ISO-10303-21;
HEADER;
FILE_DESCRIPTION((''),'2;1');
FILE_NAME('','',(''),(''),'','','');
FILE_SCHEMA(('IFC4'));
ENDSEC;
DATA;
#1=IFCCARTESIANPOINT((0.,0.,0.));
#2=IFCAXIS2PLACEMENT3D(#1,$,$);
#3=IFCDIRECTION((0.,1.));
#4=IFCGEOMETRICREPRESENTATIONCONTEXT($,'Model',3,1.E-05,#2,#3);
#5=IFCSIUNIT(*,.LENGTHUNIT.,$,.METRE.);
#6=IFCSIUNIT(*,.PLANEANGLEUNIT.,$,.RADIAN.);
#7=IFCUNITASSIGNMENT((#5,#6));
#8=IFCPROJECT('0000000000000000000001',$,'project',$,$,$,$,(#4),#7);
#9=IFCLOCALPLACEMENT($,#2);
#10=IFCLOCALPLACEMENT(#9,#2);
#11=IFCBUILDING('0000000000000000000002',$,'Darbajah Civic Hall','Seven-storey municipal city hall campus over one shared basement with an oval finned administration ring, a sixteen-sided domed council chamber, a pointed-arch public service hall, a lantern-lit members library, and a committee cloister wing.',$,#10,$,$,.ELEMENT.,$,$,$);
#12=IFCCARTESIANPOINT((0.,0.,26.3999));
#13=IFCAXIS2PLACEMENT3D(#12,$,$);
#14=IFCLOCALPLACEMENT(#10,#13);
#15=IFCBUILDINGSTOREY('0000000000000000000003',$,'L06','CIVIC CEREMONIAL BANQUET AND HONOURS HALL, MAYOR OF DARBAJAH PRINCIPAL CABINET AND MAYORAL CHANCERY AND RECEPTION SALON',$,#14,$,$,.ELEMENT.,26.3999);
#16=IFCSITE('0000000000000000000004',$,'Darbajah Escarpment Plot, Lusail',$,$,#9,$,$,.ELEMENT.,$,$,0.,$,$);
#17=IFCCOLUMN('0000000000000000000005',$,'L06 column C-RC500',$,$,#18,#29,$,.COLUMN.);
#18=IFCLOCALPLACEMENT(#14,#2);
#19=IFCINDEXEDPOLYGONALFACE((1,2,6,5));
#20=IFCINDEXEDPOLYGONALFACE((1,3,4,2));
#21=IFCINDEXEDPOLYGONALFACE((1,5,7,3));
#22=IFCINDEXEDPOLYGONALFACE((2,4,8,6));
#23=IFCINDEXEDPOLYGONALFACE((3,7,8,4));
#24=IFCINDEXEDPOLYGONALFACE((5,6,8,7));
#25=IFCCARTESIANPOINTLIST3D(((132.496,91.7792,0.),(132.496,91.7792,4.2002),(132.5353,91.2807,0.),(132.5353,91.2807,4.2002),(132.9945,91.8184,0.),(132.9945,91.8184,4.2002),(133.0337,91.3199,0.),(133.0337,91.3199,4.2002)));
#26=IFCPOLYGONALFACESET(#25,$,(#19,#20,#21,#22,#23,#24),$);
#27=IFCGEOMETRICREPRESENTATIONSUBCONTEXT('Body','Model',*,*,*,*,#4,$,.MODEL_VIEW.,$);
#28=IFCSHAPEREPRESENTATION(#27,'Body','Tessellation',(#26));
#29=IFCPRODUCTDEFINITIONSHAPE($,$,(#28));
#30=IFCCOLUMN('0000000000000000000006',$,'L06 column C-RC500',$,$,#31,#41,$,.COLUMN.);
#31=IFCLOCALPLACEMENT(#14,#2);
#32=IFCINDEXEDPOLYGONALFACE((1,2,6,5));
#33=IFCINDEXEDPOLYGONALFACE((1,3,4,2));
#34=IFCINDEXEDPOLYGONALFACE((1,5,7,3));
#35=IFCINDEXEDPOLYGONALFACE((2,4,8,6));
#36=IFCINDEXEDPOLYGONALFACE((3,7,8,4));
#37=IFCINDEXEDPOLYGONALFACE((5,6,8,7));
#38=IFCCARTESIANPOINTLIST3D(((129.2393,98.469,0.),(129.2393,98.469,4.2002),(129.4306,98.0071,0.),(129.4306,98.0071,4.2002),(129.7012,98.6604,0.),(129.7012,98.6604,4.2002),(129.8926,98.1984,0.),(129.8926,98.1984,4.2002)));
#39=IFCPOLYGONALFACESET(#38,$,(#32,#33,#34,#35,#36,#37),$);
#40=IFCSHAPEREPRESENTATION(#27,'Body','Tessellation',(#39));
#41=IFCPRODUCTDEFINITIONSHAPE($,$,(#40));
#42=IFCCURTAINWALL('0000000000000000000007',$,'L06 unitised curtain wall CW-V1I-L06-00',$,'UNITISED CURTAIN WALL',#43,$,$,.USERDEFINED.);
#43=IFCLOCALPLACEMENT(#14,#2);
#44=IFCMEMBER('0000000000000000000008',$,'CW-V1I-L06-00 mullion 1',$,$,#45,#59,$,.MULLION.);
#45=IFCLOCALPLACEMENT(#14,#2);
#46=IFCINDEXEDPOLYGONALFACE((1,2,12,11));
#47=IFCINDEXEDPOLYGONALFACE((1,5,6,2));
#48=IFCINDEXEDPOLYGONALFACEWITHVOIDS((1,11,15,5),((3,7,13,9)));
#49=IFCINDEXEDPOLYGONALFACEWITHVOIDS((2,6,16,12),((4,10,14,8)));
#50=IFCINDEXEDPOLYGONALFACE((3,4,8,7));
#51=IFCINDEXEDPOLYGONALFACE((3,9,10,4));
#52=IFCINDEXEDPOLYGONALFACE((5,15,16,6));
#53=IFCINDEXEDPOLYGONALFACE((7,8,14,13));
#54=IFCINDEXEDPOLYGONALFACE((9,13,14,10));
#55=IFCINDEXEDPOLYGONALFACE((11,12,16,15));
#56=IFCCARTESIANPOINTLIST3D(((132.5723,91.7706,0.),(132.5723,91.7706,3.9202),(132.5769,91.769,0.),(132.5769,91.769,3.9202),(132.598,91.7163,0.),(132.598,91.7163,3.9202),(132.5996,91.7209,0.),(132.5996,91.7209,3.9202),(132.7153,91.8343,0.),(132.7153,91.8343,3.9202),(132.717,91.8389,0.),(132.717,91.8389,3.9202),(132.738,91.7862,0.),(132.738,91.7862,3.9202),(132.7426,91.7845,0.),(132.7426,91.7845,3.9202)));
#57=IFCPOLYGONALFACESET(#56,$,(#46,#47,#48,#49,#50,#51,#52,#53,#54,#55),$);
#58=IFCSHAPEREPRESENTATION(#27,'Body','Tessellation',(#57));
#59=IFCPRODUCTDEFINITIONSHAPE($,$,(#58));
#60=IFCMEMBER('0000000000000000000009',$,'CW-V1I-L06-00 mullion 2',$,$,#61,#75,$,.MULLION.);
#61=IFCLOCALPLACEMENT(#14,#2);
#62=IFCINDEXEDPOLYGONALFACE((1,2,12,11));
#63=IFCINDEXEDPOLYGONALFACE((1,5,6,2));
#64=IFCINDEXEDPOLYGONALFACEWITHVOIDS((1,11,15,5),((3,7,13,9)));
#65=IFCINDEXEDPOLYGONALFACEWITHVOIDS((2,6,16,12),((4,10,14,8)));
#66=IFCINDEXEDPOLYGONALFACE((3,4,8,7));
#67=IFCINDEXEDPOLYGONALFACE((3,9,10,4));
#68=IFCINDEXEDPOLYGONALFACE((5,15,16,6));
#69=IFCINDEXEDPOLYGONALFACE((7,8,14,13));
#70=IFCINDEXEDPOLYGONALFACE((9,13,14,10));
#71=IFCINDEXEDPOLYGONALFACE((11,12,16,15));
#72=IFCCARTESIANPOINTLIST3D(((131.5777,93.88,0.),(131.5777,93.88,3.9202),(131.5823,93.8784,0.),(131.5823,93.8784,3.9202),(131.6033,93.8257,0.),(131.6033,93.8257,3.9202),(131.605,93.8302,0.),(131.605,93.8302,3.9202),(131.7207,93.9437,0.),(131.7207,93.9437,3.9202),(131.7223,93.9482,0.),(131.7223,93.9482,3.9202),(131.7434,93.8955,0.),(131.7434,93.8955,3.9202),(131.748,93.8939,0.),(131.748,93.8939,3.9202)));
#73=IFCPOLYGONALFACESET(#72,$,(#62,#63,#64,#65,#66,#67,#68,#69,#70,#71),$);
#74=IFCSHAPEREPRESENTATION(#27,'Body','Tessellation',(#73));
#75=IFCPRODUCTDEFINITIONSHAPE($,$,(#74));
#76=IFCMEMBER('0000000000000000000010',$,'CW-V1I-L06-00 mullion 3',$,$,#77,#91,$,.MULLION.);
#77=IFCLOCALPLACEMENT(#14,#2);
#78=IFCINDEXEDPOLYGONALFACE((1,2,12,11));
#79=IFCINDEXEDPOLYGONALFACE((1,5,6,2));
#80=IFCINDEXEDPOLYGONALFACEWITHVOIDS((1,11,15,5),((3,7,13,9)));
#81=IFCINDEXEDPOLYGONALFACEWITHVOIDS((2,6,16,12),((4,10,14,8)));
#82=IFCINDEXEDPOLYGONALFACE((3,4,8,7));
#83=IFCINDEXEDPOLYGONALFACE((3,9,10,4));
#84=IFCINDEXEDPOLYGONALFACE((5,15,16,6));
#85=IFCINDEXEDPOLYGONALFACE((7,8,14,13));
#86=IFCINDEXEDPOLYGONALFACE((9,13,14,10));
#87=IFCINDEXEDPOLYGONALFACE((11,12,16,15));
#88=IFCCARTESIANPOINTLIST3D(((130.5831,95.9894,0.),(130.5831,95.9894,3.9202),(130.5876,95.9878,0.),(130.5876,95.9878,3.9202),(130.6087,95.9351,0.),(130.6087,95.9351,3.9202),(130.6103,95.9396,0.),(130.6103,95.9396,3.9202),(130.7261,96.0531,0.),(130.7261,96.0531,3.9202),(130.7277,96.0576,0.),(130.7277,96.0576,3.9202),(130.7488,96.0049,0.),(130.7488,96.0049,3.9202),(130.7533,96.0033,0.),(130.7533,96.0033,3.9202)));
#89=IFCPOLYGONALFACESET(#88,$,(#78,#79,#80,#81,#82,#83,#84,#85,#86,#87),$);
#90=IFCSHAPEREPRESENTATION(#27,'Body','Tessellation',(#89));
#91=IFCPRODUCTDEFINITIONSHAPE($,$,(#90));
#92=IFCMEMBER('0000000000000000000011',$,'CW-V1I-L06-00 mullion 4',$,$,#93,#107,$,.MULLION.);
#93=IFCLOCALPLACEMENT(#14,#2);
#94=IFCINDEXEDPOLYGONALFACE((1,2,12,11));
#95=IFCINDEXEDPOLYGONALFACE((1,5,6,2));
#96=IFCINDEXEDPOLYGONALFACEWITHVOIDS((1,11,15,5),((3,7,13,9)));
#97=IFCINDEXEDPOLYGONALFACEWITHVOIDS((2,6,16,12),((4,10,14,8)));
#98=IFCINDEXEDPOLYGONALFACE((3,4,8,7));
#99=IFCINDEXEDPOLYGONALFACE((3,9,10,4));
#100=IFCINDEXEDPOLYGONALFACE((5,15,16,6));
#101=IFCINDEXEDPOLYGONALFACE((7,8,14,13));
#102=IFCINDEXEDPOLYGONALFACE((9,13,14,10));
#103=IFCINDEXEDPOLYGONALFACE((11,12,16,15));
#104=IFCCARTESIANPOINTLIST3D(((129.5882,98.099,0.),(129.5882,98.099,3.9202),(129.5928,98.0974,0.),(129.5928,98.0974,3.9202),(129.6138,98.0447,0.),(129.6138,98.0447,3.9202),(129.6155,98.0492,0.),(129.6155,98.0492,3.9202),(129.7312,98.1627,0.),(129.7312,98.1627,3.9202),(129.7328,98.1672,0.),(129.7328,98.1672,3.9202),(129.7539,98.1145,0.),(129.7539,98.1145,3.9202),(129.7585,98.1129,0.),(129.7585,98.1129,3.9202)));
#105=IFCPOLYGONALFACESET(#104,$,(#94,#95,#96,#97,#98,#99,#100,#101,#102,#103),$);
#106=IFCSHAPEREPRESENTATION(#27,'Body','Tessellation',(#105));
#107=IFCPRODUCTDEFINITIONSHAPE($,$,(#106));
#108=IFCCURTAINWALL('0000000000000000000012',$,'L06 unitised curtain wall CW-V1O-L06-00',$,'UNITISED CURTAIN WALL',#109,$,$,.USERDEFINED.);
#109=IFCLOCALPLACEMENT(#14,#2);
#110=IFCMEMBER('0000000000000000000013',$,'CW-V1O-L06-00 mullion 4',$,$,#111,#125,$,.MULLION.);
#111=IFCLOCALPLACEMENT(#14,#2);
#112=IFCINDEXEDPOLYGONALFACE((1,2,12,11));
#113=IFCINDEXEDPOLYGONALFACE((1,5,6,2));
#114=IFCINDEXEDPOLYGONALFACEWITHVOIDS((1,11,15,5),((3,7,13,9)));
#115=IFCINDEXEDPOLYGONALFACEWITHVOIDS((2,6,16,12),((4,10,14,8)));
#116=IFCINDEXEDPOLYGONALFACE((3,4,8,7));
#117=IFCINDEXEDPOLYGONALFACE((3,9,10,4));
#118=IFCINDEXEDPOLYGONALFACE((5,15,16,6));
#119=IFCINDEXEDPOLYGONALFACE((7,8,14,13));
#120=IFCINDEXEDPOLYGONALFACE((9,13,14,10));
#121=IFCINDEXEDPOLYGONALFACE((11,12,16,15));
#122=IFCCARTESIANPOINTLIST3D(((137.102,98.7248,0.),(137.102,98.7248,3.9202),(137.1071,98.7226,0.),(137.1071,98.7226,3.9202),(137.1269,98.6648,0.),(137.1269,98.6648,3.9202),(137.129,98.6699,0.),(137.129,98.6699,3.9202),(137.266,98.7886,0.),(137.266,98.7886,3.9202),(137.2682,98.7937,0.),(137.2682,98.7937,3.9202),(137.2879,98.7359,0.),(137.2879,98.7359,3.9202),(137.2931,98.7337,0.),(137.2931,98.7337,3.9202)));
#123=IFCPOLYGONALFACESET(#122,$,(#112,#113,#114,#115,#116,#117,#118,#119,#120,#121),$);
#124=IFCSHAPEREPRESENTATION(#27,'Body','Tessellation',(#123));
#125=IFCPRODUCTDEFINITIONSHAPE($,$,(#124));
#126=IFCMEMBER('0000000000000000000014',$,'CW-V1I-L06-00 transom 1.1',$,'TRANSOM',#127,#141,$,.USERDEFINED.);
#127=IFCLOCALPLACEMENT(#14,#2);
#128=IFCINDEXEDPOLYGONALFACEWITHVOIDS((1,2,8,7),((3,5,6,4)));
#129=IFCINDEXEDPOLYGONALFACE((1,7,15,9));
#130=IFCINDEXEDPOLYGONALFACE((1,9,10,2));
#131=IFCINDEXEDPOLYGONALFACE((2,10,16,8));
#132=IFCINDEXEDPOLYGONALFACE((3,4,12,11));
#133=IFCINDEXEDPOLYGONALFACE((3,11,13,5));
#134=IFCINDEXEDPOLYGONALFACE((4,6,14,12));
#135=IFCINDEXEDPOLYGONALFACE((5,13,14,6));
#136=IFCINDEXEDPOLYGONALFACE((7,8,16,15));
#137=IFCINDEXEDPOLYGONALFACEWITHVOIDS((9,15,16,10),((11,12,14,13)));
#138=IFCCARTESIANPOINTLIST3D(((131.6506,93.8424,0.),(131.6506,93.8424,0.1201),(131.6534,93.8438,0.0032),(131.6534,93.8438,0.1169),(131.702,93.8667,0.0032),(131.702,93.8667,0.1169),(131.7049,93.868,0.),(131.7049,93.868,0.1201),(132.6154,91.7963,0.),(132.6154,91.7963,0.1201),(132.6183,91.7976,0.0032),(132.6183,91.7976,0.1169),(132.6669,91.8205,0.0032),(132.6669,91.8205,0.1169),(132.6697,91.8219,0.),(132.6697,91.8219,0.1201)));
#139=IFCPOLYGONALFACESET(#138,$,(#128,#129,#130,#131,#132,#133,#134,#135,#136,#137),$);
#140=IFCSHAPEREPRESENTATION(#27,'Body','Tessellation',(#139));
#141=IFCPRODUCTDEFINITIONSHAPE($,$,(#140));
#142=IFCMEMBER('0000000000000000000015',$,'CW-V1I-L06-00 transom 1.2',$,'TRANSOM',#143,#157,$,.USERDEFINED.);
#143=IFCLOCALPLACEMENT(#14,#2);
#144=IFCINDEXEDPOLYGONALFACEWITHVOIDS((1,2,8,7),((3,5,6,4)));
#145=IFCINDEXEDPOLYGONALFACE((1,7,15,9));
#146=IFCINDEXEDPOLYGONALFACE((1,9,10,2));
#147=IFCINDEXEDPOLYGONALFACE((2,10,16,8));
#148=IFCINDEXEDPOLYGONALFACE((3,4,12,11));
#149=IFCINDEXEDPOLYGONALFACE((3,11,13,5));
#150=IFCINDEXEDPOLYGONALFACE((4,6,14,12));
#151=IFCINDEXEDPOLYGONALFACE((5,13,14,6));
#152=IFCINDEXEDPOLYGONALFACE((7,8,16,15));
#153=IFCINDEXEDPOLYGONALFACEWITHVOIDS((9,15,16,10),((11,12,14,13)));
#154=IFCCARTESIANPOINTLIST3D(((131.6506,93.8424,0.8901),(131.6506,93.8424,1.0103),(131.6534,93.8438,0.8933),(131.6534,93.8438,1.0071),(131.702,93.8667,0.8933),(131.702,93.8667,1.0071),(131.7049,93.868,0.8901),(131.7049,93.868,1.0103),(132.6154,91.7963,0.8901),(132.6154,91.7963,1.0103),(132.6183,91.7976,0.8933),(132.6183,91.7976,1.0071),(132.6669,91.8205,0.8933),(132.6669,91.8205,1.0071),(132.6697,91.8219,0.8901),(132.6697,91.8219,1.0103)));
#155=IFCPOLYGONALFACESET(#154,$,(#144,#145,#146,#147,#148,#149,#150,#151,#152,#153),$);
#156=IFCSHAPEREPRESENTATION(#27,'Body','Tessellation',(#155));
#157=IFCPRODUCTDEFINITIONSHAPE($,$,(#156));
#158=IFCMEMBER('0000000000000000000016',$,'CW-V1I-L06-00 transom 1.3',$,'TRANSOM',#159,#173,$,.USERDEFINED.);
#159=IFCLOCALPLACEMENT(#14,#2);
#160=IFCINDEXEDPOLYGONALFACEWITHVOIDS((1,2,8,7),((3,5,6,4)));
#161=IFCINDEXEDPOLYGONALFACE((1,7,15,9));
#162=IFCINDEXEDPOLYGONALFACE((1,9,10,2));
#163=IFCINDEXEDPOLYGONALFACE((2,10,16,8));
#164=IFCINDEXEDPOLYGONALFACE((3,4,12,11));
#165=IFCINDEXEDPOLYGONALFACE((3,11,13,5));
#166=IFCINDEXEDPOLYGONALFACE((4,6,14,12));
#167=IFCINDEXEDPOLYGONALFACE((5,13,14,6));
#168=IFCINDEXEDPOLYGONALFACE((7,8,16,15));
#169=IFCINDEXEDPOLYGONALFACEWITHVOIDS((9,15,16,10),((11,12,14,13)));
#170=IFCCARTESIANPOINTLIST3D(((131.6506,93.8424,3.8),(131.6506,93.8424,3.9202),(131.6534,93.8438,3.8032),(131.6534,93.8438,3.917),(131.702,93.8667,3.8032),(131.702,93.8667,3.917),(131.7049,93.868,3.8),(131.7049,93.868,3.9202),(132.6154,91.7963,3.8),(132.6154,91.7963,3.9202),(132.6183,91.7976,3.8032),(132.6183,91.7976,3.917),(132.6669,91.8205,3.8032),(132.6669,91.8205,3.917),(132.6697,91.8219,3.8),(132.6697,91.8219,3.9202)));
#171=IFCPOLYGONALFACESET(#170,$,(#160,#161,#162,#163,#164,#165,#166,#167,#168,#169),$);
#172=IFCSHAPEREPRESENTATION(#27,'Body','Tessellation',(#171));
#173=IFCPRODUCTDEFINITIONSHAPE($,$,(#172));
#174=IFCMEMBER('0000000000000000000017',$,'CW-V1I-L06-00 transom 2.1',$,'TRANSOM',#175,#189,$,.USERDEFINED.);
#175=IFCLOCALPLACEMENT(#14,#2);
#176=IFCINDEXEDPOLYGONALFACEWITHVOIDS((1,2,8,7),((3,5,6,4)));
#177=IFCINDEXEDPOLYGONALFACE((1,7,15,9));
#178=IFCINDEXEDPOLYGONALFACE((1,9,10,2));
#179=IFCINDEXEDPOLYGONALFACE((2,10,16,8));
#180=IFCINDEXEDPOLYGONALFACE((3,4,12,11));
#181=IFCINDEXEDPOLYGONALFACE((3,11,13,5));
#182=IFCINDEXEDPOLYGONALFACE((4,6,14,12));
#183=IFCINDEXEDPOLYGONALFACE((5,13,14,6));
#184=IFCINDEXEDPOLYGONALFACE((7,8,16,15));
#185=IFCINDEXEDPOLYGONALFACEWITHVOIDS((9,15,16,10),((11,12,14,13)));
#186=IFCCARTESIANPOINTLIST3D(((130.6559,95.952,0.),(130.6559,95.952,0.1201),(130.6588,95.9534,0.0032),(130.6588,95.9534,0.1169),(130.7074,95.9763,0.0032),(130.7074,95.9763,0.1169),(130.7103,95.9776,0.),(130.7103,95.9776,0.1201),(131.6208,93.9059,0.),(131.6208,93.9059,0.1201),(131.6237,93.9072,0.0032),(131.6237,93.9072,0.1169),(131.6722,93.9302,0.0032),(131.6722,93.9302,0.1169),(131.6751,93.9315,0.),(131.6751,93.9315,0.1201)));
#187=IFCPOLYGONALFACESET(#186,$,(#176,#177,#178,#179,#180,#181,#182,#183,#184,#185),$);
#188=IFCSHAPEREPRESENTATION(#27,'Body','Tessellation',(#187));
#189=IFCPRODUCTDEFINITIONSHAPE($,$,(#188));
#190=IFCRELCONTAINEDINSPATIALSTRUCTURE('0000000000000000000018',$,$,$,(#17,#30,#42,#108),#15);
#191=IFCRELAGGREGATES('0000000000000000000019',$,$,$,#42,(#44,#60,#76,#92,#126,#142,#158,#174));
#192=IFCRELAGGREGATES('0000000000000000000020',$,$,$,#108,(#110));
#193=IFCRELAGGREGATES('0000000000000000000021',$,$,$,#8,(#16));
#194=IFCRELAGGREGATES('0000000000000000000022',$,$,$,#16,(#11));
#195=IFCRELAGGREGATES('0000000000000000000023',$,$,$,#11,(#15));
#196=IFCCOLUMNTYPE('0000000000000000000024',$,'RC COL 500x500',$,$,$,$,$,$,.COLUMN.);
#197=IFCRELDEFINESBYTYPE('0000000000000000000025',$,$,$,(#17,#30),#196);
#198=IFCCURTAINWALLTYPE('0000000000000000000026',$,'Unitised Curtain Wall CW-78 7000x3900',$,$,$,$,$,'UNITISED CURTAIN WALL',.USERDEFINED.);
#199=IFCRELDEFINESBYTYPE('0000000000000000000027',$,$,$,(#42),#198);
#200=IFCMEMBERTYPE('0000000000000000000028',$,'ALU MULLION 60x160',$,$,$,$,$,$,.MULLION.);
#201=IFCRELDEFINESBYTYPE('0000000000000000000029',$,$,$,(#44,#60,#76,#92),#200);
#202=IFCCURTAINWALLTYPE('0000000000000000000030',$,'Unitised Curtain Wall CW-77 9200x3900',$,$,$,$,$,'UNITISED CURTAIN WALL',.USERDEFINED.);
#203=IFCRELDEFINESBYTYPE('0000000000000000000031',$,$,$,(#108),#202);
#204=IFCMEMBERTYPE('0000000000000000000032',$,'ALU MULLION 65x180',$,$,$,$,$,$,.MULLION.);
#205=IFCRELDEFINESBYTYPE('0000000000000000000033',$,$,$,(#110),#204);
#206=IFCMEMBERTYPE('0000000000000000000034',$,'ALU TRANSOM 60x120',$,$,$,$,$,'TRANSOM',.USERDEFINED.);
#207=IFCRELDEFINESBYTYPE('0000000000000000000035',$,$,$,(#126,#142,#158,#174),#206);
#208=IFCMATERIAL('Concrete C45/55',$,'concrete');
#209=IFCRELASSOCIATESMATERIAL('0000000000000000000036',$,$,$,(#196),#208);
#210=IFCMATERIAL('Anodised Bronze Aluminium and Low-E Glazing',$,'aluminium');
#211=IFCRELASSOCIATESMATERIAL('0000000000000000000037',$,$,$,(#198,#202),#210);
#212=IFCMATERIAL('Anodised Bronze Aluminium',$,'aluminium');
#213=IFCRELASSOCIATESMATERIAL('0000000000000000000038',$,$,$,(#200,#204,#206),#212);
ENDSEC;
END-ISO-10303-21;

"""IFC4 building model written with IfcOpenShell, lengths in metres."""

from ifc_helpers import new_model, si_unit, direction, frame, origin, origin_2d, place, context, subcontext, project, spatial, rectangle, hollow_rectangle, extrude, material, material_profile, profile_set, type_object, element, aggregate, save


model = new_model("IFC4")

# Units and contexts
model_context = context("Model", 3, precision=1e-05, world=origin(), true_north=direction((0.0, 1.0)))
body_context = subcontext(model_context, "Body", "Model", "MODEL_VIEW")
ifc_project = project(units=[si_unit("LENGTHUNIT", "METRE"), si_unit("PLANEANGLEUNIT", "RADIAN")], contexts=[model_context])

# Site, building, storey
site_placement = place(None, origin())
site = spatial("IfcSite", under=ifc_project, at=site_placement, Name="Darbajah Escarpment Plot, Lusail", CompositionType="ELEMENT", RefElevation=0.0)
building_placement = place(site_placement, origin())
building = spatial("IfcBuilding", under=site, at=building_placement, Name="Darbajah Civic Hall", Description="Seven-storey municipal city hall campus over one shared basement with an oval finned administration ring, a sixteen-sided domed council chamber, a pointed-arch public service hall, a lantern-lit members library, and a committee cloister wing.", CompositionType="ELEMENT")
storey_placement = place(building_placement, frame((0.0, 0.0, 26.3999)))
storey = spatial("IfcBuildingStorey", under=building, at=storey_placement, Name="L06", Description="CIVIC CEREMONIAL BANQUET AND HONOURS HALL, MAYOR OF DARBAJAH PRINCIPAL CABINET AND MAYORAL CHANCERY AND RECEPTION SALON", CompositionType="ELEMENT", Elevation=26.3999)

# Columns
ifc_material_1 = material(Name="Concrete C45/55", Category="concrete")
ifc_material_profile_1 = material_profile(ifc_material_1, rectangle(XDim=0.5, YDim=0.5, at=origin_2d()), Name="RC COL 500x500")
ifc_profile_set_1 = profile_set([ifc_material_profile_1], Name="Concrete C45/55")
column_type = type_object("IfcColumnType", Name="RC COL 500x500", PredefinedType="COLUMN", material=ifc_profile_set_1)
for number, where, z_axis, x_axis, name in (
    (1, (132.7649, 91.5496, 0.0), (0.0, 0.0, 1.0), (0.996917, 0.078459, 0.0), "L06 column C-RC500"),
    (2, (129.5659, 98.3337, 0.0), (0.0, 0.0, 1.0), (0.92388, 0.382683, 0.0), "L06 column C-RC500"),
):
    element("IfcColumn", number, at=place(storey_placement, frame(where, z_axis=z_axis, x_axis=x_axis)), inside=storey, type_object=column_type, Name=name, PredefinedType="COLUMN", context=body_context, shape_type="SweptSolid", body=[
        extrude(rectangle(XDim=0.5, YDim=0.5, at=origin_2d()), origin(), (0.0, 0.0, 1.0), 4.2002),
    ])

# Curtain wall, members
ifc_material_2 = material(Name="Anodised Bronze Aluminium and Low-E Glazing", Category="aluminium")
curtain_wall_type_1 = type_object("IfcCurtainWallType", Name="Unitised Curtain Wall CW-78 7000x3900", ElementType="UNITISED CURTAIN WALL", PredefinedType="USERDEFINED", material=ifc_material_2)
curtain_wall_1_placement = place(storey_placement, origin())
curtain_wall_1 = element("IfcCurtainWall", 3, at=curtain_wall_1_placement, inside=storey, type_object=curtain_wall_type_1, Name="L06 unitised curtain wall CW-V1I-L06-00", ObjectType="UNITISED CURTAIN WALL", PredefinedType="USERDEFINED")
ifc_material_3 = material(Name="Anodised Bronze Aluminium", Category="aluminium")
ifc_material_profile_2 = material_profile(ifc_material_3, hollow_rectangle(XDim=0.0601, YDim=0.1599, WallThickness=0.0034, at=origin_2d()), Name="ALU MULLION 60x160")
ifc_profile_set_2 = profile_set([ifc_material_profile_2], Name="Anodised Bronze Aluminium")
member_type_1 = type_object("IfcMemberType", Name="ALU MULLION 60x160", PredefinedType="MULLION", material=ifc_profile_set_2)
member_1_placement = place(storey_placement, frame((132.6575, 91.7776, 0.0), z_axis=(0.0, 0.0, 1.0), x_axis=(-0.426569, 0.904455, 0.0)))
member_1 = element("IfcMember", 4, at=member_1_placement, type_object=member_type_1, Name="CW-V1I-L06-00 mullion 1", PredefinedType="MULLION", context=body_context, shape_type="SweptSolid", body=[
    extrude(hollow_rectangle(XDim=0.0601, YDim=0.1599, WallThickness=0.0034, at=origin_2d()), origin(), (0.0, 0.0, 1.0), 3.9202),
])
member_2_placement = place(storey_placement, frame((131.6628, 93.887, 0.0), z_axis=(0.0, 0.0, 1.0), x_axis=(-0.426569, 0.904455, 0.0)))
member_2 = element("IfcMember", 5, at=member_2_placement, type_object=member_type_1, Name="CW-V1I-L06-00 mullion 2", PredefinedType="MULLION", context=body_context, shape_type="SweptSolid", body=[
    extrude(hollow_rectangle(XDim=0.0601, YDim=0.1599, WallThickness=0.0034, at=origin_2d()), origin(), (0.0, 0.0, 1.0), 3.9202),
])
member_3_placement = place(storey_placement, frame((130.6682, 95.9963, 0.0), z_axis=(0.0, 0.0, 1.0), x_axis=(-0.426569, 0.904455, 0.0)))
member_3 = element("IfcMember", 6, at=member_3_placement, type_object=member_type_1, Name="CW-V1I-L06-00 mullion 3", PredefinedType="MULLION", context=body_context, shape_type="SweptSolid", body=[
    extrude(hollow_rectangle(XDim=0.0601, YDim=0.1599, WallThickness=0.0034, at=origin_2d()), origin(), (0.0, 0.0, 1.0), 3.9202),
])
member_4_placement = place(storey_placement, frame((129.6733, 98.106, 0.0), z_axis=(0.0, 0.0, 1.0), x_axis=(-0.426569, 0.904455, 0.0)))
member_4 = element("IfcMember", 7, at=member_4_placement, type_object=member_type_1, Name="CW-V1I-L06-00 mullion 4", PredefinedType="MULLION", context=body_context, shape_type="SweptSolid", body=[
    extrude(hollow_rectangle(XDim=0.0601, YDim=0.1599, WallThickness=0.0034, at=origin_2d()), origin(), (0.0, 0.0, 1.0), 3.9202),
])

# Curtain wall, member
curtain_wall_type_2 = type_object("IfcCurtainWallType", Name="Unitised Curtain Wall CW-77 9200x3900", ElementType="UNITISED CURTAIN WALL", PredefinedType="USERDEFINED", material=ifc_material_2)
curtain_wall_2_placement = place(storey_placement, origin())
curtain_wall_2 = element("IfcCurtainWall", 8, at=curtain_wall_2_placement, inside=storey, type_object=curtain_wall_type_2, Name="L06 unitised curtain wall CW-V1O-L06-00", ObjectType="UNITISED CURTAIN WALL", PredefinedType="USERDEFINED")
ifc_material_profile_3 = material_profile(ifc_material_3, hollow_rectangle(XDim=0.0649, YDim=0.1799, WallThickness=0.0039, at=origin_2d()), Name="ALU MULLION 65x180")
ifc_profile_set_3 = profile_set([ifc_material_profile_3], Name="Anodised Bronze Aluminium")
member_type_2 = type_object("IfcMemberType", Name="ALU MULLION 65x180", PredefinedType="MULLION", material=ifc_profile_set_3)
member_5_placement = place(storey_placement, frame((137.1975, 98.7292, 0.0), z_axis=(0.0, 0.0, 1.0), x_axis=(-0.383328, 0.923612, 0.0)))
member_5 = element("IfcMember", 9, at=member_5_placement, type_object=member_type_2, Name="CW-V1O-L06-00 mullion 4", PredefinedType="MULLION", context=body_context, shape_type="SweptSolid", body=[
    extrude(hollow_rectangle(XDim=0.0649, YDim=0.1799, WallThickness=0.0039, at=origin_2d()), origin(), (0.0, 0.0, 1.0), 3.9202),
])

# Members
ifc_material_profile_4 = material_profile(ifc_material_3, hollow_rectangle(XDim=0.0601, YDim=0.1201, WallThickness=0.0032, at=origin_2d()), Name="ALU TRANSOM 60x120")
ifc_profile_set_4 = profile_set([ifc_material_profile_4], Name="Anodised Bronze Aluminium")
member_type_3 = type_object("IfcMemberType", Name="ALU TRANSOM 60x120", ElementType="TRANSOM", PredefinedType="USERDEFINED", material=ifc_profile_set_4)
member_6_placement = place(storey_placement, frame((132.6426, 91.8091, 0.0601), z_axis=(-0.426504, 0.904486, 0.0), x_axis=(-0.904486, -0.426504, 0.0)))
member_6 = element("IfcMember", 10, at=member_6_placement, type_object=member_type_3, Name="CW-V1I-L06-00 transom 1.1", ObjectType="TRANSOM", PredefinedType="USERDEFINED", context=body_context, shape_type="SweptSolid", body=[
    extrude(hollow_rectangle(XDim=0.0601, YDim=0.1201, WallThickness=0.0032, at=origin_2d()), origin(), (0.0, 0.0, 1.0), 2.2622),
])
member_7_placement = place(storey_placement, frame((132.6426, 91.8091, 0.9502), z_axis=(-0.426504, 0.904486, 0.0), x_axis=(-0.904486, -0.426504, 0.0)))
member_7 = element("IfcMember", 11, at=member_7_placement, type_object=member_type_3, Name="CW-V1I-L06-00 transom 1.2", ObjectType="TRANSOM", PredefinedType="USERDEFINED", context=body_context, shape_type="SweptSolid", body=[
    extrude(hollow_rectangle(XDim=0.0601, YDim=0.1201, WallThickness=0.0032, at=origin_2d()), origin(), (0.0, 0.0, 1.0), 2.2622),
])
member_8_placement = place(storey_placement, frame((132.6426, 91.8091, 3.8601), z_axis=(-0.426504, 0.904486, 0.0), x_axis=(-0.904486, -0.426504, 0.0)))
member_8 = element("IfcMember", 12, at=member_8_placement, type_object=member_type_3, Name="CW-V1I-L06-00 transom 1.3", ObjectType="TRANSOM", PredefinedType="USERDEFINED", context=body_context, shape_type="SweptSolid", body=[
    extrude(hollow_rectangle(XDim=0.0601, YDim=0.1201, WallThickness=0.0032, at=origin_2d()), origin(), (0.0, 0.0, 1.0), 2.2622),
])
member_9_placement = place(storey_placement, frame((131.6479, 93.9187, 0.0601), z_axis=(-0.426504, 0.904486, 0.0), x_axis=(-0.904486, -0.426504, 0.0)))
member_9 = element("IfcMember", 13, at=member_9_placement, type_object=member_type_3, Name="CW-V1I-L06-00 transom 2.1", ObjectType="TRANSOM", PredefinedType="USERDEFINED", context=body_context, shape_type="SweptSolid", body=[
    extrude(hollow_rectangle(XDim=0.0601, YDim=0.1201, WallThickness=0.0032, at=origin_2d()), origin(), (0.0, 0.0, 1.0), 2.2622),
])

aggregate(curtain_wall_1, [member_1, member_2, member_3, member_4, member_6, member_7, member_8, member_9])
aggregate(curtain_wall_2, [member_5])

save(model, "model.ifc")
